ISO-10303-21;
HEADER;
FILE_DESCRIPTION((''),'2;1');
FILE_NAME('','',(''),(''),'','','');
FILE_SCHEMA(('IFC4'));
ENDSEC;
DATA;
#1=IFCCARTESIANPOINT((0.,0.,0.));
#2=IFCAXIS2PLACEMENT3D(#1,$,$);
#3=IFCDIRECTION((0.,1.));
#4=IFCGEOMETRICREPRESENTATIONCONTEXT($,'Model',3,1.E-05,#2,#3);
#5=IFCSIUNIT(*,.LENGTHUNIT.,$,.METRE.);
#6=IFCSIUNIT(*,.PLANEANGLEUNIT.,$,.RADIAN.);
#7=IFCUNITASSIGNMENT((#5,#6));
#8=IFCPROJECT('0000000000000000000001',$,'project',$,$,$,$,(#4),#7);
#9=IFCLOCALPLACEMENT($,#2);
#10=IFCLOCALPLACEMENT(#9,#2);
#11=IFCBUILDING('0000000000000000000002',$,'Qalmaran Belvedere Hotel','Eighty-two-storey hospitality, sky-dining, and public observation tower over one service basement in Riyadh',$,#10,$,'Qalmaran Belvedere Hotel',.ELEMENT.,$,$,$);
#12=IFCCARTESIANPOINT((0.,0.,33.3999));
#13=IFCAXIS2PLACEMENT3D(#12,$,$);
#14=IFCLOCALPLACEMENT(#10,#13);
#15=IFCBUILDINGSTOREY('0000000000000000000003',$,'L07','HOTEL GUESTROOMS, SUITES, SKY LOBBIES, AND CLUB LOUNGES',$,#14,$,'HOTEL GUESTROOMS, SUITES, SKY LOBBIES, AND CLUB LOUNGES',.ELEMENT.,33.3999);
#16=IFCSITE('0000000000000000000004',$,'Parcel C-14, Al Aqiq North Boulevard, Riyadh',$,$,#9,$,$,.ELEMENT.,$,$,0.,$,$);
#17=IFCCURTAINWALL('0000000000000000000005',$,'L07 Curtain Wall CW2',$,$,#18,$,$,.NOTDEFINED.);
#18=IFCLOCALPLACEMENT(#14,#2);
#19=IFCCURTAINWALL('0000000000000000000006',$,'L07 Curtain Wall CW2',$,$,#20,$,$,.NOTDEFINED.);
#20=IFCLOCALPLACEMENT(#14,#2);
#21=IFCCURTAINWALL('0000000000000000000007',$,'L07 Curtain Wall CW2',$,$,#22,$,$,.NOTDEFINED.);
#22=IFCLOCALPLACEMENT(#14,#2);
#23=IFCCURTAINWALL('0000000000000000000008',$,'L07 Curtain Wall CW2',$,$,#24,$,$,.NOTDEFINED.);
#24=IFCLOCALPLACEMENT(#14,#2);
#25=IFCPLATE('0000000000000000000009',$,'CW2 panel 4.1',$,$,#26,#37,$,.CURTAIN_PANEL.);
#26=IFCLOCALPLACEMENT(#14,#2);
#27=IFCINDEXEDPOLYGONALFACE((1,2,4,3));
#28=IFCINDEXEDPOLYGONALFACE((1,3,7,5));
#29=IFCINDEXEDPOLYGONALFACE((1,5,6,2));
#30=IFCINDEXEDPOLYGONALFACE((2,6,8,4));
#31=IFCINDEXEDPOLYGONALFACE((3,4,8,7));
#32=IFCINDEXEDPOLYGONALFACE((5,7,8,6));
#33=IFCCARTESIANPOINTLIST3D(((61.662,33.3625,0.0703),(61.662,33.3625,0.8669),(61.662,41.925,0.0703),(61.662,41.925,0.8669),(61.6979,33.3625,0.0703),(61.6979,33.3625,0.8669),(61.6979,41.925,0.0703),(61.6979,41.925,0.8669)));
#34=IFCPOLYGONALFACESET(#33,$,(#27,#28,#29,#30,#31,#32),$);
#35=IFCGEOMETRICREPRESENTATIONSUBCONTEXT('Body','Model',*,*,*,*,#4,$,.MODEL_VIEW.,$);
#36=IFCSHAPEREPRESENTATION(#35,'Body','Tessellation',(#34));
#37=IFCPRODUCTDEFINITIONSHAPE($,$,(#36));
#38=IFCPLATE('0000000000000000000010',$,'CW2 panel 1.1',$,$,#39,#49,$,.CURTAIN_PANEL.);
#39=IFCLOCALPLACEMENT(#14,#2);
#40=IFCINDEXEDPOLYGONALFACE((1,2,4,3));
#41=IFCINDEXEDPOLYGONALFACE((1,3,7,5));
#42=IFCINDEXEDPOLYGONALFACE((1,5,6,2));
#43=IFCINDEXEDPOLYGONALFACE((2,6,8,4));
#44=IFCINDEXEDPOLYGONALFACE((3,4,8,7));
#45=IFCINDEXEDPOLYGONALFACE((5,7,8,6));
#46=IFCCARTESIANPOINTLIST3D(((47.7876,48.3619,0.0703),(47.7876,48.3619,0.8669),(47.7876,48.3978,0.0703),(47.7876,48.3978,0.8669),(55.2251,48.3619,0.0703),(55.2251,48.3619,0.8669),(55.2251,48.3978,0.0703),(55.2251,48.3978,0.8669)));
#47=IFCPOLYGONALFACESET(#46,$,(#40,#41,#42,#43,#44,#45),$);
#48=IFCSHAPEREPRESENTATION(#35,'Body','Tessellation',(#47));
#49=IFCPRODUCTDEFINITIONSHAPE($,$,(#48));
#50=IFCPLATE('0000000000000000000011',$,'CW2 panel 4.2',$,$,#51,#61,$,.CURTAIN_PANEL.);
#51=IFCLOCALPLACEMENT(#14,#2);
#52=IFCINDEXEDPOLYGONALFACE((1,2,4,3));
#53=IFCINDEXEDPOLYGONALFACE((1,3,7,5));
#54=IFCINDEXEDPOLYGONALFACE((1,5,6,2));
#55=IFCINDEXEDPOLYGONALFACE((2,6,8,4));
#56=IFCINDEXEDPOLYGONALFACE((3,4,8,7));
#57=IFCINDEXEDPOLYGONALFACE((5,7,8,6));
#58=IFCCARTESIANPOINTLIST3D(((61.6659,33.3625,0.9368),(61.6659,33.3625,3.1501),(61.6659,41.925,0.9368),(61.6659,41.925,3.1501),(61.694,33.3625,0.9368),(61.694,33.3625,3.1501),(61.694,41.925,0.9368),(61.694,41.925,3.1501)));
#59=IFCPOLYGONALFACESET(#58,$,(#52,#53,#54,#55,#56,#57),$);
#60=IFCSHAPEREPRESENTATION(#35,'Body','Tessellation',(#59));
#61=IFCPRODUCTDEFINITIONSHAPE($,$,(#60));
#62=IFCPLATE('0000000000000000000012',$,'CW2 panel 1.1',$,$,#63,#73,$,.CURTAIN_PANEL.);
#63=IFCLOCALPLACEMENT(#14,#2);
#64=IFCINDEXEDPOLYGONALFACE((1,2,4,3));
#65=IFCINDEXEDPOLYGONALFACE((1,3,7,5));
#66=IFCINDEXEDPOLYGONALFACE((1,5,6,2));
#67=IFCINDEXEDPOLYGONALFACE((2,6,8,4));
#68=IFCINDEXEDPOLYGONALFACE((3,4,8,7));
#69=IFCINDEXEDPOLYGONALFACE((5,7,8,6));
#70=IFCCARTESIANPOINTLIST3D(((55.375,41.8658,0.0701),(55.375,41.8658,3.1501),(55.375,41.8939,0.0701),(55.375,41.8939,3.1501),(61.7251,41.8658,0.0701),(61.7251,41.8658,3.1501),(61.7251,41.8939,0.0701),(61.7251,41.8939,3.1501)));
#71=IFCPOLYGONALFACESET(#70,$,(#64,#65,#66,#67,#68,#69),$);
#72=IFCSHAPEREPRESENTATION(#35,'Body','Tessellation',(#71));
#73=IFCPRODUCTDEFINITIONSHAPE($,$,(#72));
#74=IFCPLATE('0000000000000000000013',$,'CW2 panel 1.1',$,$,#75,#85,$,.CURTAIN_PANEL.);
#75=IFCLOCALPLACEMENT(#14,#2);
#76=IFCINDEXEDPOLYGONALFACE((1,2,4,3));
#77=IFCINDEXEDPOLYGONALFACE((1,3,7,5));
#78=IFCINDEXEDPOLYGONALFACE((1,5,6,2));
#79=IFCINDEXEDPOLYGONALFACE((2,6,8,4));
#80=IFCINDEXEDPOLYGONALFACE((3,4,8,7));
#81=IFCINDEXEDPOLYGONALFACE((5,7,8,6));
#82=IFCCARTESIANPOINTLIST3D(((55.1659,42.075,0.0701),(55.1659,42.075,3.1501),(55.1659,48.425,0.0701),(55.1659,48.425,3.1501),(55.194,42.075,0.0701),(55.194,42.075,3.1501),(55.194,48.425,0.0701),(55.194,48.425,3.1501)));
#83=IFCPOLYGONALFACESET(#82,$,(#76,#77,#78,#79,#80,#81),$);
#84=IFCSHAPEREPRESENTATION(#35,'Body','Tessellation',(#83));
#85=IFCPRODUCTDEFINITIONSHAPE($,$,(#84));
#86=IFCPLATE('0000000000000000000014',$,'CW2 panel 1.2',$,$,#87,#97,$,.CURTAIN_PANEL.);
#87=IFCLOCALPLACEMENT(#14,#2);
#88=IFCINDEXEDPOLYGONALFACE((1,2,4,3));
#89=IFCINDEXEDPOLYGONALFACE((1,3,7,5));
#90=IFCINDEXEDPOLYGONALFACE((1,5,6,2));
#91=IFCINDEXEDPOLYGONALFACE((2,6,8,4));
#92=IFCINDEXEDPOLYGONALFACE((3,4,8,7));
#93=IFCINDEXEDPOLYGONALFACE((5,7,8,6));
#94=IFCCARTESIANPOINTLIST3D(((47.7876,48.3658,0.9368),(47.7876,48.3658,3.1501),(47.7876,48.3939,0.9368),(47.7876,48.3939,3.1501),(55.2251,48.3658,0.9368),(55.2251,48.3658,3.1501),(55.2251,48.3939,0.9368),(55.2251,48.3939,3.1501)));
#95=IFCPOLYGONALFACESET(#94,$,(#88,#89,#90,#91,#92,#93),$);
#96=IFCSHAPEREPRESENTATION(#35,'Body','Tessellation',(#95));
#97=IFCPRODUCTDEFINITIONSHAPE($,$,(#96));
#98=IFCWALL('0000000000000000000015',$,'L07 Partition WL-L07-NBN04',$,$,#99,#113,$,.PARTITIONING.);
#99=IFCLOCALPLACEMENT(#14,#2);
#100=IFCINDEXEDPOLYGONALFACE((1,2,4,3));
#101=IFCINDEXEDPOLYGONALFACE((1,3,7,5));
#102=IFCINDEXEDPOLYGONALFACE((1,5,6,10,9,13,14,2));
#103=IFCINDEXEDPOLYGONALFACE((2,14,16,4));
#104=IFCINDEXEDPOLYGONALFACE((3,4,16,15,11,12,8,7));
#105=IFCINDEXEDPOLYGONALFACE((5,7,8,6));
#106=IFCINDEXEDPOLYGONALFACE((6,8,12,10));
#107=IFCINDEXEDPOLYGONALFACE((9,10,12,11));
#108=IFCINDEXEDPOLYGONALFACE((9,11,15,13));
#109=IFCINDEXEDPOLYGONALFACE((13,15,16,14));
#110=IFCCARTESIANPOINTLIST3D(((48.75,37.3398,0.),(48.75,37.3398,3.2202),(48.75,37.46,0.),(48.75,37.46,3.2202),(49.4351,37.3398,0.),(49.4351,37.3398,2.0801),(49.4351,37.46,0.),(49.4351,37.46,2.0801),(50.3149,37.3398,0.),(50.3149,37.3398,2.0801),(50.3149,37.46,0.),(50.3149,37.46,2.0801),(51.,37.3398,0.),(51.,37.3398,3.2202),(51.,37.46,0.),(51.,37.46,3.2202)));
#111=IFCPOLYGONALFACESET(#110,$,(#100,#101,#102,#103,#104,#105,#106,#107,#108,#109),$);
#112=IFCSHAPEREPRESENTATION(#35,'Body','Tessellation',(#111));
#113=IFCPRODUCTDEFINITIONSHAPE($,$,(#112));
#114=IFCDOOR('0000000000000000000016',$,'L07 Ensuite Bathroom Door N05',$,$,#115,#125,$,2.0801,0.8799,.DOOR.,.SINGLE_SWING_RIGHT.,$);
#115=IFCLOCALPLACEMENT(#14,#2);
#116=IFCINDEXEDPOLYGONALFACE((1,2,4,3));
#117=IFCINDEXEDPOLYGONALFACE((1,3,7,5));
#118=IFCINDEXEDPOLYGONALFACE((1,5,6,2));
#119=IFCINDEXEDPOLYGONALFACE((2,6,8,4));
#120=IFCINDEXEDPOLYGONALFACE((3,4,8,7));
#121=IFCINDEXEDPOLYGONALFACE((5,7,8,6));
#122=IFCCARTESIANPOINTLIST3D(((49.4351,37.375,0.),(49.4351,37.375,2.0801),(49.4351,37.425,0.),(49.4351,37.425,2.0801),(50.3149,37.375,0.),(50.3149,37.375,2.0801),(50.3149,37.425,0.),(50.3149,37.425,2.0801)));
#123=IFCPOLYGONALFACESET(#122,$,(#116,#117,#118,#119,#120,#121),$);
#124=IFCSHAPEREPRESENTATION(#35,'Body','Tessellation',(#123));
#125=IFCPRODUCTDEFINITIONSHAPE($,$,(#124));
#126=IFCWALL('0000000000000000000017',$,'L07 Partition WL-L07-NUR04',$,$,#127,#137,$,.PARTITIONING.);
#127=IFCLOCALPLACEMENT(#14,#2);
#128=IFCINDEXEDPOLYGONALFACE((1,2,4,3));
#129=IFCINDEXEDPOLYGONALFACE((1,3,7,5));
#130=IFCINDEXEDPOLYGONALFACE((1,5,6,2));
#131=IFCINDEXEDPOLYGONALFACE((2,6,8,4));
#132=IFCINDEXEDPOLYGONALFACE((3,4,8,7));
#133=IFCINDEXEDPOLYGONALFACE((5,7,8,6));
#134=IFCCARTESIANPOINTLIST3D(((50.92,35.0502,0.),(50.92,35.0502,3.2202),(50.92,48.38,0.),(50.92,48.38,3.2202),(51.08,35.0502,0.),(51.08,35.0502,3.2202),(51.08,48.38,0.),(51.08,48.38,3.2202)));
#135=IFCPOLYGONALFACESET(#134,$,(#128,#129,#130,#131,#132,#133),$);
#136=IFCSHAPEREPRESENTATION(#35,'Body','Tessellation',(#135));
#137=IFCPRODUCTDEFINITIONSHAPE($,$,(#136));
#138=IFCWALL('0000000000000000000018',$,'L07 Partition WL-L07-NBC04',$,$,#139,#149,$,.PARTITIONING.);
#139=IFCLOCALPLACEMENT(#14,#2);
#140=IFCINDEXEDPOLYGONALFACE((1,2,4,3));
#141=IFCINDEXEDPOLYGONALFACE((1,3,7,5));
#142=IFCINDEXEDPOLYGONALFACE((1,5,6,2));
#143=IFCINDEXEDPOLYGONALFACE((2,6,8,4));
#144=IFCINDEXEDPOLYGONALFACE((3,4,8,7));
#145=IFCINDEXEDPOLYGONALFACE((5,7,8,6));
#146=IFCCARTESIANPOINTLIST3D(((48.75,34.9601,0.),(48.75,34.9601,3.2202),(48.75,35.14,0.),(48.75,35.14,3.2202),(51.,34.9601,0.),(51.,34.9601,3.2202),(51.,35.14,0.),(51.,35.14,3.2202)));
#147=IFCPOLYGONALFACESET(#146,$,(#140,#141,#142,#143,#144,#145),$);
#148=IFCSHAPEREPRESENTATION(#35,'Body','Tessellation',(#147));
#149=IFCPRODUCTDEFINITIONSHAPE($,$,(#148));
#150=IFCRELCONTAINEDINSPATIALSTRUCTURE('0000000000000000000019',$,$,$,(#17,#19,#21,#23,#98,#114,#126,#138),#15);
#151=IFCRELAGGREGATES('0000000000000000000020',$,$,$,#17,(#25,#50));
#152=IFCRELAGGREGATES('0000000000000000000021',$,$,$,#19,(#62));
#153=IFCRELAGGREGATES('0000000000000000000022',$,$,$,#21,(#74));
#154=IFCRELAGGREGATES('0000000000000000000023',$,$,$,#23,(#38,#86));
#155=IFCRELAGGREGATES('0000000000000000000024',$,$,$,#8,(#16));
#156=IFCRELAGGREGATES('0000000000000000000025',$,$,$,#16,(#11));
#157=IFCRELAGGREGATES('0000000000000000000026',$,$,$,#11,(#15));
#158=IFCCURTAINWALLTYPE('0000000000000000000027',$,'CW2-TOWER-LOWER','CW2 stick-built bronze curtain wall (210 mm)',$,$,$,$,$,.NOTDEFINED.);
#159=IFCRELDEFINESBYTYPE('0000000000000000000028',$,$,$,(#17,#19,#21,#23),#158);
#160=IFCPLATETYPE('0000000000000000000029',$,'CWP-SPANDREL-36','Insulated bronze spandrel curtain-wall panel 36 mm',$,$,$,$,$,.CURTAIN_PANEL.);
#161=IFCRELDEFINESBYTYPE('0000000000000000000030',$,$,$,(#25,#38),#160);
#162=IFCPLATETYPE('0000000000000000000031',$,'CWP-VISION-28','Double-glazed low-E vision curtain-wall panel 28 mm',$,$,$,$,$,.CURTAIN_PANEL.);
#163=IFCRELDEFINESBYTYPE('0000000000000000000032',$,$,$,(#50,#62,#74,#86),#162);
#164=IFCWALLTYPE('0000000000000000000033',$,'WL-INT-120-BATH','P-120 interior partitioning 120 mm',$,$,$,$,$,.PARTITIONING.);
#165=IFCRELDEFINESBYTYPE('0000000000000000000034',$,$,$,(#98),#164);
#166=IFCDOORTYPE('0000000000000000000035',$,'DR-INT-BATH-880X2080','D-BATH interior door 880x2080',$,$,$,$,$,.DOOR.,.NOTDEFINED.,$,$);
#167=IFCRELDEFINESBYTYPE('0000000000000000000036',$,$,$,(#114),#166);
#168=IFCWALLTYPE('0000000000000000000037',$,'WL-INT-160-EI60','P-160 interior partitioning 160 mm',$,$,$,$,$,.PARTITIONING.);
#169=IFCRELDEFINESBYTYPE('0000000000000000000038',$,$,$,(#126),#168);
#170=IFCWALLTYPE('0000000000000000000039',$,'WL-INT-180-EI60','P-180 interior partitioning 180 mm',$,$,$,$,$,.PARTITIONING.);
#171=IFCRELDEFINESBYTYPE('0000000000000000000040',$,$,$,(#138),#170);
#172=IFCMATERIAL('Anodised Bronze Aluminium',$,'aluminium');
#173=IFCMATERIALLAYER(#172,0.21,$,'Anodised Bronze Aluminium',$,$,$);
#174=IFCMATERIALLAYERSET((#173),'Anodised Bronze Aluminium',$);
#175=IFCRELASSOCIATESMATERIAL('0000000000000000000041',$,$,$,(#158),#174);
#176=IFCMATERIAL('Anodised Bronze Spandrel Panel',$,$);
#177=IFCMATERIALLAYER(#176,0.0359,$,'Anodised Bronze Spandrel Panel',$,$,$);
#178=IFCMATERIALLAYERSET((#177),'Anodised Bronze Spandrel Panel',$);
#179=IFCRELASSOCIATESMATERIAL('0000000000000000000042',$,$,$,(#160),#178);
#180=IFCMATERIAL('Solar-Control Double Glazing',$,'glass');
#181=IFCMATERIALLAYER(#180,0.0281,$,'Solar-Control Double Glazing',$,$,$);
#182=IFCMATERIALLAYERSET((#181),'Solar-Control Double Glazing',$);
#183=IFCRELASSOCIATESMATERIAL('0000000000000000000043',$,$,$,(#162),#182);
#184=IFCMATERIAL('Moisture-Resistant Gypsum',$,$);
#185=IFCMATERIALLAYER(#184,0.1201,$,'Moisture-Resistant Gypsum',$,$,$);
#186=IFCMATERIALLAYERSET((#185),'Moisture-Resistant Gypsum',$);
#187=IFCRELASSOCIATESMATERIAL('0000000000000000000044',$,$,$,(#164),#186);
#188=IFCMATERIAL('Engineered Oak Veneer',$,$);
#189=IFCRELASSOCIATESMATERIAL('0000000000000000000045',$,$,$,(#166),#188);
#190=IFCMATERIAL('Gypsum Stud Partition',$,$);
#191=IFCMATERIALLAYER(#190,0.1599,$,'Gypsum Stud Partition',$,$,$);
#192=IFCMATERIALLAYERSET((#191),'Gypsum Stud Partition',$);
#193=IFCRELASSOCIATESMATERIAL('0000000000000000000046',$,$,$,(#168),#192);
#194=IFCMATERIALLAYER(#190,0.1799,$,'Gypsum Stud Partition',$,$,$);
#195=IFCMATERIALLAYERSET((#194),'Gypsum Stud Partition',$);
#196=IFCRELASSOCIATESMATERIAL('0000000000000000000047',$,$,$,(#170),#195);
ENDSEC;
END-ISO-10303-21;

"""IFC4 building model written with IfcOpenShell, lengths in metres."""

from ifc_helpers import new_model, si_unit, direction, frame, frame_2d, origin, origin_2d, place, context, subcontext, project, spatial, rectangle, extrude, material, layer, layer_set, type_object, element, fill, aggregate, save


model = new_model("IFC4")

# Units and contexts
model_context = context("Model", 3, precision=1e-05, world=origin(), true_north=direction((0.0, 1.0)))
body_context = subcontext(model_context, "Body", "Model", "MODEL_VIEW")
ifc_project = project(units=[si_unit("LENGTHUNIT", "METRE"), si_unit("PLANEANGLEUNIT", "RADIAN")], contexts=[model_context])

# Site, building, storey
site_placement = place(None, origin())
site = spatial("IfcSite", under=ifc_project, at=site_placement, Name="Parcel C-14, Al Aqiq North Boulevard, Riyadh", CompositionType="ELEMENT", RefElevation=0.0)
building_placement = place(site_placement, origin())
building = spatial("IfcBuilding", under=site, at=building_placement, Name="Qalmaran Belvedere Hotel", Description="Eighty-two-storey hospitality, sky-dining, and public observation tower over one service basement in Riyadh", LongName="Qalmaran Belvedere Hotel", CompositionType="ELEMENT")
storey_placement = place(building_placement, frame((0.0, 0.0, 33.3999)))
storey = spatial("IfcBuildingStorey", under=building, at=storey_placement, Name="L07", Description="HOTEL GUESTROOMS, SUITES, SKY LOBBIES, AND CLUB LOUNGES", LongName="HOTEL GUESTROOMS, SUITES, SKY LOBBIES, AND CLUB LOUNGES", CompositionType="ELEMENT", Elevation=33.3999)

# Curtain wall
ifc_material_1 = material(Name="Anodised Bronze Aluminium", Category="aluminium")
ifc_layer_1 = layer(ifc_material_1, 0.21, Name="Anodised Bronze Aluminium")
ifc_layer_set_1 = layer_set([ifc_layer_1], Name="Anodised Bronze Aluminium")
curtain_wall_type = type_object("IfcCurtainWallType", Name="CW2-TOWER-LOWER", Description="CW2 stick-built bronze curtain wall (210 mm)", PredefinedType="NOTDEFINED", material=ifc_layer_set_1)
curtain_wall_1_placement = place(storey_placement, origin())
curtain_wall_1 = element("IfcCurtainWall", 1, at=curtain_wall_1_placement, inside=storey, type_object=curtain_wall_type, Name="L07 Curtain Wall CW2", PredefinedType="NOTDEFINED")

# Curtain walls
curtain_wall_2_placement = place(storey_placement, origin())
curtain_wall_2 = element("IfcCurtainWall", 2, at=curtain_wall_2_placement, inside=storey, type_object=curtain_wall_type, Name="L07 Curtain Wall CW2", PredefinedType="NOTDEFINED")
curtain_wall_3_placement = place(storey_placement, origin())
curtain_wall_3 = element("IfcCurtainWall", 3, at=curtain_wall_3_placement, inside=storey, type_object=curtain_wall_type, Name="L07 Curtain Wall CW2", PredefinedType="NOTDEFINED")
curtain_wall_4_placement = place(storey_placement, origin())
curtain_wall_4 = element("IfcCurtainWall", 4, at=curtain_wall_4_placement, inside=storey, type_object=curtain_wall_type, Name="L07 Curtain Wall CW2", PredefinedType="NOTDEFINED")

# Plates
ifc_material_2 = material(Name="Anodised Bronze Spandrel Panel")
ifc_layer_2 = layer(ifc_material_2, 0.0359, Name="Anodised Bronze Spandrel Panel")
ifc_layer_set_2 = layer_set([ifc_layer_2], Name="Anodised Bronze Spandrel Panel")
plate_type_1 = type_object("IfcPlateType", Name="CWP-SPANDREL-36", Description="Insulated bronze spandrel curtain-wall panel 36 mm", PredefinedType="CURTAIN_PANEL", material=ifc_layer_set_2)
plate_1_placement = place(storey_placement, frame((61.6799, 37.6438, 0.0703), z_axis=(0.0, 0.0, 1.0), x_axis=(0.0, 1.0, 0.0)))
plate_1 = element("IfcPlate", 5, at=plate_1_placement, type_object=plate_type_1, Name="CW2 panel 4.1", PredefinedType="CURTAIN_PANEL", context=body_context, shape_type="SweptSolid", body=[
    extrude(rectangle(XDim=8.5625, YDim=0.0359, at=origin_2d()), origin(), (0.0, 0.0, 1.0), 0.7966),
])
plate_2_placement = place(storey_placement, frame((51.5063, 48.3799, 0.0703), z_axis=(0.0, 0.0, 1.0), x_axis=(-1.0, 0.0, 0.0)))
plate_2 = element("IfcPlate", 6, at=plate_2_placement, type_object=plate_type_1, Name="CW2 panel 1.1", PredefinedType="CURTAIN_PANEL", context=body_context, shape_type="SweptSolid", body=[
    extrude(rectangle(XDim=7.4375, YDim=0.0359, at=origin_2d()), origin(), (0.0, 0.0, 1.0), 0.7966),
])
ifc_material_3 = material(Name="Solar-Control Double Glazing", Category="glass")
ifc_layer_3 = layer(ifc_material_3, 0.0281, Name="Solar-Control Double Glazing")
ifc_layer_set_3 = layer_set([ifc_layer_3], Name="Solar-Control Double Glazing")
plate_type_2 = type_object("IfcPlateType", Name="CWP-VISION-28", Description="Double-glazed low-E vision curtain-wall panel 28 mm", PredefinedType="CURTAIN_PANEL", material=ifc_layer_set_3)
plate_3_placement = place(storey_placement, frame((61.6799, 37.6438, 0.9368), z_axis=(0.0, 0.0, 1.0), x_axis=(0.0, 1.0, 0.0)))
plate_3 = element("IfcPlate", 7, at=plate_3_placement, type_object=plate_type_2, Name="CW2 panel 4.2", PredefinedType="CURTAIN_PANEL", context=body_context, shape_type="SweptSolid", body=[
    extrude(rectangle(XDim=8.5625, YDim=0.0281, at=origin_2d()), origin(), (0.0, 0.0, 1.0), 2.2134),
])
aggregate(curtain_wall_1, [plate_1, plate_3])
plate_4_placement = place(storey_placement, frame((58.55, 41.8799, 0.0701), z_axis=(0.0, 0.0, 1.0), x_axis=(-1.0, 0.0, 0.0)))
plate_4 = element("IfcPlate", 8, at=plate_4_placement, type_object=plate_type_2, Name="CW2 panel 1.1", PredefinedType="CURTAIN_PANEL", context=body_context, shape_type="SweptSolid", body=[
    extrude(rectangle(XDim=6.3501, YDim=0.0281, at=origin_2d()), origin(), (0.0, 0.0, 1.0), 3.0801),
])
aggregate(curtain_wall_2, [plate_4])
plate_5_placement = place(storey_placement, frame((55.1799, 45.25, 0.0701), z_axis=(0.0, 0.0, 1.0), x_axis=(0.0, 1.0, 0.0)))
plate_5 = element("IfcPlate", 9, at=plate_5_placement, type_object=plate_type_2, Name="CW2 panel 1.1", PredefinedType="CURTAIN_PANEL", context=body_context, shape_type="SweptSolid", body=[
    extrude(rectangle(XDim=6.3501, YDim=0.0281, at=origin_2d()), origin(), (0.0, 0.0, 1.0), 3.0801),
])
aggregate(curtain_wall_3, [plate_5])
plate_6_placement = place(storey_placement, frame((51.5063, 48.3799, 0.9368), z_axis=(0.0, 0.0, 1.0), x_axis=(-1.0, 0.0, 0.0)))
plate_6 = element("IfcPlate", 10, at=plate_6_placement, type_object=plate_type_2, Name="CW2 panel 1.2", PredefinedType="CURTAIN_PANEL", context=body_context, shape_type="SweptSolid", body=[
    extrude(rectangle(XDim=7.4375, YDim=0.0281, at=origin_2d()), origin(), (0.0, 0.0, 1.0), 2.2134),
])
aggregate(curtain_wall_4, [plate_2, plate_6])

# Wall, opening, door
ifc_material_4 = material(Name="Moisture-Resistant Gypsum")
ifc_layer_4 = layer(ifc_material_4, 0.1201, Name="Moisture-Resistant Gypsum")
ifc_layer_set_4 = layer_set([ifc_layer_4], Name="Moisture-Resistant Gypsum")
wall_type_1 = type_object("IfcWallType", Name="WL-INT-120-BATH", Description="P-120 interior partitioning 120 mm", PredefinedType="PARTITIONING", material=ifc_layer_set_4)
wall_1_placement = place(storey_placement, frame((48.75, 37.3999, 0.0), z_axis=(0.0, 0.0, 1.0), x_axis=(1.0, 0.0, 0.0)))
wall_1 = element("IfcWall", 11, at=wall_1_placement, inside=storey, type_object=wall_type_1, Name="L07 Partition WL-L07-NBN04", PredefinedType="PARTITIONING", context=body_context, shape_type="SweptSolid", body=[
    extrude(rectangle(XDim=2.25, YDim=0.1201, at=frame_2d((1.125, 0.0))), origin(), (0.0, 0.0, 1.0), 3.2202),
])
opening_placement = place(wall_1_placement, frame((1.5649, 0.0, 0.0), z_axis=(0.0, 0.0, 1.0), x_axis=(-1.0, 0.0, 0.0)))
opening = element("IfcOpeningElement", 12, at=opening_placement, cuts=wall_1, PredefinedType="OPENING", context=body_context, shape_type="SweptSolid", body=[
    extrude(rectangle(XDim=0.8799, YDim=2.0801, at=frame_2d((0.4399, 1.04))), frame((0.0, 0.0701, 0.0), z_axis=(0.0, -1.0, 0.0), x_axis=(1.0, 0.0, 0.0)), (0.0, 0.0, 1.0), 0.1401),
])
ifc_material_5 = material(Name="Engineered Oak Veneer")
door_type = type_object("IfcDoorType", Name="DR-INT-BATH-880X2080", Description="D-BATH interior door 880x2080", OperationType="NOTDEFINED", PredefinedType="DOOR", material=ifc_material_5)
door_placement = place(opening_placement, origin())
door = element("IfcDoor", 13, at=door_placement, inside=storey, type_object=door_type, Name="L07 Ensuite Bathroom Door N05", OperationType="SINGLE_SWING_RIGHT", OverallHeight=2.0801, OverallWidth=0.8799, PredefinedType="DOOR", context=body_context, shape_type="SweptSolid", body=[
    extrude(rectangle(XDim=0.8799, YDim=2.0801, at=frame_2d((0.4399, 1.04))), frame((0.0, 0.0249, 0.0), z_axis=(0.0, -1.0, 0.0), x_axis=(1.0, 0.0, 0.0)), (0.0, 0.0, 1.0), 0.05),
])
fill(opening, door)

# Walls
ifc_material_6 = material(Name="Gypsum Stud Partition")
ifc_layer_5 = layer(ifc_material_6, 0.1599, Name="Gypsum Stud Partition")
ifc_layer_set_5 = layer_set([ifc_layer_5], Name="Gypsum Stud Partition")
wall_type_2 = type_object("IfcWallType", Name="WL-INT-160-EI60", Description="P-160 interior partitioning 160 mm", PredefinedType="PARTITIONING", material=ifc_layer_set_5)
wall_2_placement = place(storey_placement, frame((51.0, 35.05, 0.0), z_axis=(0.0, 0.0, 1.0), x_axis=(0.0, 1.0, 0.0)))
element("IfcWall", 14, at=wall_2_placement, inside=storey, type_object=wall_type_2, Name="L07 Partition WL-L07-NUR04", PredefinedType="PARTITIONING", context=body_context, shape_type="SweptSolid", body=[
    extrude(rectangle(XDim=13.3298, YDim=0.1599, at=frame_2d((6.665, 0.0))), origin(), (0.0, 0.0, 1.0), 3.2202),
])
ifc_layer_6 = layer(ifc_material_6, 0.1799, Name="Gypsum Stud Partition")
ifc_layer_set_6 = layer_set([ifc_layer_6], Name="Gypsum Stud Partition")
wall_type_3 = type_object("IfcWallType", Name="WL-INT-180-EI60", Description="P-180 interior partitioning 180 mm", PredefinedType="PARTITIONING", material=ifc_layer_set_6)
wall_3_placement = place(storey_placement, frame((48.75, 35.05, 0.0), z_axis=(0.0, 0.0, 1.0), x_axis=(1.0, 0.0, 0.0)))
element("IfcWall", 15, at=wall_3_placement, inside=storey, type_object=wall_type_3, Name="L07 Partition WL-L07-NBC04", PredefinedType="PARTITIONING", context=body_context, shape_type="SweptSolid", body=[
    extrude(rectangle(XDim=2.25, YDim=0.1799, at=frame_2d((1.125, 0.0))), origin(), (0.0, 0.0, 1.0), 3.2202),
])

save(model, "model.ifc")
